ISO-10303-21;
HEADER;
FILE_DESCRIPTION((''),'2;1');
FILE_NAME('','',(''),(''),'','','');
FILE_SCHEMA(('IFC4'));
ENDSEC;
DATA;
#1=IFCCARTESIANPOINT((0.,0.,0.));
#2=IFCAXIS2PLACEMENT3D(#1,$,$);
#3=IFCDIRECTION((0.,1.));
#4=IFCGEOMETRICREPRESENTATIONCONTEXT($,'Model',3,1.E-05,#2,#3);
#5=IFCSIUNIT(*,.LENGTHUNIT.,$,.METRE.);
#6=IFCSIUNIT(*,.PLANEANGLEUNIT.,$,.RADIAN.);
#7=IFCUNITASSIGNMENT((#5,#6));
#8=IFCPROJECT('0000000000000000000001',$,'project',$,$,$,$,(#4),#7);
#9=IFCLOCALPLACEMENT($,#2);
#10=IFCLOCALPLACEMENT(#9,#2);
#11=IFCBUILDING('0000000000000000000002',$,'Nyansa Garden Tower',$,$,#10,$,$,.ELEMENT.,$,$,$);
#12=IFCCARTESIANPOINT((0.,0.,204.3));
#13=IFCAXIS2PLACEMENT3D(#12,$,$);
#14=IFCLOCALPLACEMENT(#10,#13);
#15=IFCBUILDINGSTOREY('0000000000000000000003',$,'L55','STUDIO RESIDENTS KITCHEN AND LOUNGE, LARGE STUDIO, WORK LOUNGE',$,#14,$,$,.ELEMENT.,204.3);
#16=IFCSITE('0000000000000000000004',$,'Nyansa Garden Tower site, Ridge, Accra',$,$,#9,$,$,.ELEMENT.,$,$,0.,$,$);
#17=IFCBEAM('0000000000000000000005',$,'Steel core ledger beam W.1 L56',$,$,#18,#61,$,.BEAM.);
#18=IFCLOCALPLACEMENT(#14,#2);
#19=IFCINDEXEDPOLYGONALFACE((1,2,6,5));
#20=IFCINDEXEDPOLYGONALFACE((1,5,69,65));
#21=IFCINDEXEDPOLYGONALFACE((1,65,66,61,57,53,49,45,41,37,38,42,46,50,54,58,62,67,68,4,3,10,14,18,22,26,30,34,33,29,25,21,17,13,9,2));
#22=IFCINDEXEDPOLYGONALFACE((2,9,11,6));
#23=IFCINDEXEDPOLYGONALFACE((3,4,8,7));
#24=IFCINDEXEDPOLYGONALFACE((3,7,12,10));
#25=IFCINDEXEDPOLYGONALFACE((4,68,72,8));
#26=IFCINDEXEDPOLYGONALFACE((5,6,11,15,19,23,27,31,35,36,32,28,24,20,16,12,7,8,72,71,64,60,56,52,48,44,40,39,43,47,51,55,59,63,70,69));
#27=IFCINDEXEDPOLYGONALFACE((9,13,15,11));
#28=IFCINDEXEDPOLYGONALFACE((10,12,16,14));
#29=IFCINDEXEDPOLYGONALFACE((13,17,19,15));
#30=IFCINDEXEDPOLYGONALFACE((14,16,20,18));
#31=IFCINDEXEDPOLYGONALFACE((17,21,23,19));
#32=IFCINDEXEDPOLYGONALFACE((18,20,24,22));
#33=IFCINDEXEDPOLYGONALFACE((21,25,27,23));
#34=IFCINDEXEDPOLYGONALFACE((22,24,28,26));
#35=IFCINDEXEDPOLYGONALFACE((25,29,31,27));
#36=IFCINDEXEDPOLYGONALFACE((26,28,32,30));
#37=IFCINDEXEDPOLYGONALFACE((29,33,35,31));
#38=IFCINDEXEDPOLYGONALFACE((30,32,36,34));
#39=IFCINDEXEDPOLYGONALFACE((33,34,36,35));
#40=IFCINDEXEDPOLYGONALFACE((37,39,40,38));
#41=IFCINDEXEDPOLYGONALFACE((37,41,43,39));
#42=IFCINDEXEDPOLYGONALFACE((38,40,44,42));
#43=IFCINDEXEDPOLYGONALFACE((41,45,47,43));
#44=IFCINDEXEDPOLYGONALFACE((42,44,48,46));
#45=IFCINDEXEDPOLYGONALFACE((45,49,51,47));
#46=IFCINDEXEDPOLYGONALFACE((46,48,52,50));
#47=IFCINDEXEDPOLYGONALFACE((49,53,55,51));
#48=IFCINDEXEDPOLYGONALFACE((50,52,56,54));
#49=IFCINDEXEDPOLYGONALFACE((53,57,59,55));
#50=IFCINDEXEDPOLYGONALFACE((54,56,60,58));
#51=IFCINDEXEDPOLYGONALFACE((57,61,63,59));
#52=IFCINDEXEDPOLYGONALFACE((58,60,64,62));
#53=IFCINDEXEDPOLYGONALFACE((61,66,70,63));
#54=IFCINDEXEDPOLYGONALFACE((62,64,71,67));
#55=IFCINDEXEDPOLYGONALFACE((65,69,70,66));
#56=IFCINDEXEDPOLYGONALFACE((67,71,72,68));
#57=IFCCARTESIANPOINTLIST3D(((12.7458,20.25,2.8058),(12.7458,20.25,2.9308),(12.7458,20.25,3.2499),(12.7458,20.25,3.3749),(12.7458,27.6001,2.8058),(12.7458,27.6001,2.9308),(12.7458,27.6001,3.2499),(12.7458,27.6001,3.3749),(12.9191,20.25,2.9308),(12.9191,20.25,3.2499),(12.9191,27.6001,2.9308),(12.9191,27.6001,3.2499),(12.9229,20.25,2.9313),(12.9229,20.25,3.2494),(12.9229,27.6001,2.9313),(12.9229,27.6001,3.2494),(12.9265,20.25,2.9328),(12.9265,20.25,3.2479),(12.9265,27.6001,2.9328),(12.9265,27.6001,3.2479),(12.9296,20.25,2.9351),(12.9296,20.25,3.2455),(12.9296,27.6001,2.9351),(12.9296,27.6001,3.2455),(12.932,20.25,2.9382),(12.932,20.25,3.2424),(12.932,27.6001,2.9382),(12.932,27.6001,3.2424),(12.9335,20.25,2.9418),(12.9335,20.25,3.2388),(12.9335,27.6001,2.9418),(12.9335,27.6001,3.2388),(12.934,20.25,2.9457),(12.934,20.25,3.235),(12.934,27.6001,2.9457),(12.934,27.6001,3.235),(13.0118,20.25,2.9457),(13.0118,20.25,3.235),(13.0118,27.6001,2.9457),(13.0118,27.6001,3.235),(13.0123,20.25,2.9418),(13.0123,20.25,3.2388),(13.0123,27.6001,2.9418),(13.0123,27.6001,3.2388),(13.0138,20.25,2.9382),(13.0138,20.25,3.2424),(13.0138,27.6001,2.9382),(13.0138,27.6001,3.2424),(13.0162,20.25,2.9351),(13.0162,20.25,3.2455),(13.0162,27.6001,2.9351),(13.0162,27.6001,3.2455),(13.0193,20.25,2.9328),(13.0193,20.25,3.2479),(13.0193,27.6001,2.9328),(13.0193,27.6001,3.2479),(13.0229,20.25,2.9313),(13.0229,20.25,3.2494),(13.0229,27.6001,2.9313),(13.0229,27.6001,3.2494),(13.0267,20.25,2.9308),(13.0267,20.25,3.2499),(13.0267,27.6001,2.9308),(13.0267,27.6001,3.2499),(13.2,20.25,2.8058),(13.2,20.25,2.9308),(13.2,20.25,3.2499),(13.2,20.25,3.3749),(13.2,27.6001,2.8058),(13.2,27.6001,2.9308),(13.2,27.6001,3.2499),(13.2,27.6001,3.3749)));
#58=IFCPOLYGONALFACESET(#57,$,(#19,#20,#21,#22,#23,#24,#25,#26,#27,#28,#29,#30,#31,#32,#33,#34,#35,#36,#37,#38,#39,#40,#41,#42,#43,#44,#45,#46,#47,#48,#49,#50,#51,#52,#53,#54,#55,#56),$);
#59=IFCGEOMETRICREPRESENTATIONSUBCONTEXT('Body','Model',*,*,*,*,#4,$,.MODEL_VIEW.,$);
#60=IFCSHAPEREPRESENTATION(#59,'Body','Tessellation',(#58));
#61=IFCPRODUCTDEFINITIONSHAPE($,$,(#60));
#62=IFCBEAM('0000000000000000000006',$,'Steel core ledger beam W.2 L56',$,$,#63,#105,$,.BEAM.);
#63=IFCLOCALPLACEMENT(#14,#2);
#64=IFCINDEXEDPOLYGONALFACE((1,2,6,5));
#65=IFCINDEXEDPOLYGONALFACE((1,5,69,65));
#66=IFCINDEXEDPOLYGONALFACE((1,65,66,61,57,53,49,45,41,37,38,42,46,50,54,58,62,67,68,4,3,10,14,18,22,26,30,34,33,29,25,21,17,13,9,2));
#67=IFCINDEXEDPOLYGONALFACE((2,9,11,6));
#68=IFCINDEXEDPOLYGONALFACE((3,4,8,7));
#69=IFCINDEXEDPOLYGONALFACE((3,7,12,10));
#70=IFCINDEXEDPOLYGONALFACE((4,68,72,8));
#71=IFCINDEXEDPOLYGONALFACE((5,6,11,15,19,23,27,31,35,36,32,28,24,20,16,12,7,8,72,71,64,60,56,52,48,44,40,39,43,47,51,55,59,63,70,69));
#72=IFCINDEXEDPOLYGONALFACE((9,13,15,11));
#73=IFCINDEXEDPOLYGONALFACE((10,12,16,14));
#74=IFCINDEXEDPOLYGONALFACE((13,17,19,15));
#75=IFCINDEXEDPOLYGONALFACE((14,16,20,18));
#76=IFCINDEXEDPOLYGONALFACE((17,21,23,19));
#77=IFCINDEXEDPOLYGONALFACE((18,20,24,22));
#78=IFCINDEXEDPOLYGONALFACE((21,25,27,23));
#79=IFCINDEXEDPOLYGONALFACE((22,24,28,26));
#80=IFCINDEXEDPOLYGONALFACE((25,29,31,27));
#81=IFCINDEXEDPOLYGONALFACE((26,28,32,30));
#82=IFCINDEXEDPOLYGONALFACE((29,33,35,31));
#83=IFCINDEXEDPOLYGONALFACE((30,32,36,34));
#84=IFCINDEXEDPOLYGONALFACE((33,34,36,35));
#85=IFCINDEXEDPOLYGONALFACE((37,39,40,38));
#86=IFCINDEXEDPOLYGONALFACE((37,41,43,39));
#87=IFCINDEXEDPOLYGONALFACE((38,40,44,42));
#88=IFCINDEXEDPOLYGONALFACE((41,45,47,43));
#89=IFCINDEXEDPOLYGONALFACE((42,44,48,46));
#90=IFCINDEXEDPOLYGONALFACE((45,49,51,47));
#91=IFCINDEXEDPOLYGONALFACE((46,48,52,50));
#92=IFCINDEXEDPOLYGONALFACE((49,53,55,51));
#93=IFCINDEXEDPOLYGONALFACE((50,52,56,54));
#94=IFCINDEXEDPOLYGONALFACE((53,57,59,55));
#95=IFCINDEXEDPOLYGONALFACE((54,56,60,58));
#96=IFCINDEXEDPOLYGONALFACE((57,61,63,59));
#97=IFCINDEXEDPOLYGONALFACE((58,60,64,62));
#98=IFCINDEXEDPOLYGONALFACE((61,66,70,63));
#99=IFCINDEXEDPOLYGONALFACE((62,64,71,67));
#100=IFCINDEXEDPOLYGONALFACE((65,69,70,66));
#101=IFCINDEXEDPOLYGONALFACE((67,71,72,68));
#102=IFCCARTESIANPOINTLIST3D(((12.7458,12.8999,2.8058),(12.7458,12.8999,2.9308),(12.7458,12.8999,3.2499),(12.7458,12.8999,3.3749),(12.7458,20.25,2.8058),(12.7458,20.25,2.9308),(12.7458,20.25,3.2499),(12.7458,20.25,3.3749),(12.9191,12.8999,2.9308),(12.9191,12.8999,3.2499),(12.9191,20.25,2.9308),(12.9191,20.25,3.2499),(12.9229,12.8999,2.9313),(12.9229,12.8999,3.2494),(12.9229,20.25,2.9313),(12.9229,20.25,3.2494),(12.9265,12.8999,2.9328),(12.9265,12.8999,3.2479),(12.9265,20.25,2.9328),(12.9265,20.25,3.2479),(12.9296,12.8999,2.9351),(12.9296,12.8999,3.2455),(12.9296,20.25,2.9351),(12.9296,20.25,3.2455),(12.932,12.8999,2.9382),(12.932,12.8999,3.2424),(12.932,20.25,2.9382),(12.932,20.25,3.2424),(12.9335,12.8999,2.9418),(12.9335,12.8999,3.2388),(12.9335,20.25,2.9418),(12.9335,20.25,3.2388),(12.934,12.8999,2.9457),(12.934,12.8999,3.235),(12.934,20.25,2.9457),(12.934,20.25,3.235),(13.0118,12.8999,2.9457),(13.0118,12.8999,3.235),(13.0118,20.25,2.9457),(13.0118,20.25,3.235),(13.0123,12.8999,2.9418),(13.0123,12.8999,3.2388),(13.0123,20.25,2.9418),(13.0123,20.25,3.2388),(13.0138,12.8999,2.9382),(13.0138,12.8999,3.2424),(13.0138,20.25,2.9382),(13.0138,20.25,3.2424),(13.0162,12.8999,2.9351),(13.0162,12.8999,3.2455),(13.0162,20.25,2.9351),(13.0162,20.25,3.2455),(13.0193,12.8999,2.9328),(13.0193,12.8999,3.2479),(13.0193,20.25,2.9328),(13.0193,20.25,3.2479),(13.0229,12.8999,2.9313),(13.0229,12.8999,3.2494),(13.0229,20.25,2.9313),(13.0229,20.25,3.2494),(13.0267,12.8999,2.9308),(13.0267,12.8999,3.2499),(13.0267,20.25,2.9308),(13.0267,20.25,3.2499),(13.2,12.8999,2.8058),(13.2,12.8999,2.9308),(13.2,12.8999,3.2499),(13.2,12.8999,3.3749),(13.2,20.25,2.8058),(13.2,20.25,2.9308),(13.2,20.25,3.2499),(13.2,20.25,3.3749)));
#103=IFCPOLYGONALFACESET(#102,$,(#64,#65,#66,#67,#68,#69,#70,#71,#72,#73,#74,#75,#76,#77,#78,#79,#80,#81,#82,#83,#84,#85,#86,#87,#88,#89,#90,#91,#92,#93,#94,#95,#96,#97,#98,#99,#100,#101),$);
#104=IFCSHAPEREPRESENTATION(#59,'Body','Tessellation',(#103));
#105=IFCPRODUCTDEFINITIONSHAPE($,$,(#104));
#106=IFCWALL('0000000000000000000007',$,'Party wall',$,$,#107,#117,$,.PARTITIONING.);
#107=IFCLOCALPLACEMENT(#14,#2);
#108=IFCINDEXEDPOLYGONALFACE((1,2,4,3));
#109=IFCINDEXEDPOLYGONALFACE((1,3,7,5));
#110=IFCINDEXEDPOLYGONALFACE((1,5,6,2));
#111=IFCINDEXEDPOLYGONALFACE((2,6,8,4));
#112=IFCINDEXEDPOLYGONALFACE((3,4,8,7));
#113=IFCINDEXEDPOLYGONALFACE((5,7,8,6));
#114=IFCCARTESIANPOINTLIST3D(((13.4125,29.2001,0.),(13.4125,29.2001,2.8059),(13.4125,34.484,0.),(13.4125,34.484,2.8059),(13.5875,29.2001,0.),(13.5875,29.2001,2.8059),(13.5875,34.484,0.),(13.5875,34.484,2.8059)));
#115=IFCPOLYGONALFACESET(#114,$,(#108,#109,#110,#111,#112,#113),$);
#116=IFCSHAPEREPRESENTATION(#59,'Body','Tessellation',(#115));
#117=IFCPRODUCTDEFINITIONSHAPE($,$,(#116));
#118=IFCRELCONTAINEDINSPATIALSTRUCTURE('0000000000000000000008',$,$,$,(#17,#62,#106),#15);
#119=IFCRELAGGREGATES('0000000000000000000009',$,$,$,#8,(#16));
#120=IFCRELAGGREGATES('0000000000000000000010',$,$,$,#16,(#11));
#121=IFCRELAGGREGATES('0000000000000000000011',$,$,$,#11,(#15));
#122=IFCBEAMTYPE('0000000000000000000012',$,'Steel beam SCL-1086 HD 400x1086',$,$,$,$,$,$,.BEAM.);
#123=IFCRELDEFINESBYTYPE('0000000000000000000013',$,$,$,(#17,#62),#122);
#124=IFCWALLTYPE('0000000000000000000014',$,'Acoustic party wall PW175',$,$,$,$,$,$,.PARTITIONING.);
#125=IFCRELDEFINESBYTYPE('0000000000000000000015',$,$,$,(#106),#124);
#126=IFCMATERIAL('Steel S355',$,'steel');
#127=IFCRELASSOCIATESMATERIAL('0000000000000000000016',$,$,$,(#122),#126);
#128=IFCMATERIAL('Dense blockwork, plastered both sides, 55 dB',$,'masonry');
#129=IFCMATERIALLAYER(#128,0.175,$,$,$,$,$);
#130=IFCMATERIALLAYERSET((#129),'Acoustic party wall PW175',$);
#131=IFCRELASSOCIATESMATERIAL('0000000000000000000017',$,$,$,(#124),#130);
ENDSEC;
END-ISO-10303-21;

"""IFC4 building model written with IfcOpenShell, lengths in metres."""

from ifc_helpers import new_model, si_unit, direction, frame, frame_2d, origin, origin_2d, place, context, subcontext, project, spatial, rectangle, i_section, extrude, material, layer, layer_set, material_profile, profile_set, type_object, element, save


model = new_model("IFC4")

# Units and contexts
model_context = context("Model", 3, precision=1e-05, world=origin(), true_north=direction((0.0, 1.0)))
body_context = subcontext(model_context, "Body", "Model", "MODEL_VIEW")
ifc_project = project(units=[si_unit("LENGTHUNIT", "METRE"), si_unit("PLANEANGLEUNIT", "RADIAN")], contexts=[model_context])

# Site, building, storey
site_placement = place(None, origin())
site = spatial("IfcSite", under=ifc_project, at=site_placement, Name="Nyansa Garden Tower site, Ridge, Accra", CompositionType="ELEMENT", RefElevation=0.0)
building_placement = place(site_placement, origin())
building = spatial("IfcBuilding", under=site, at=building_placement, Name="Nyansa Garden Tower", CompositionType="ELEMENT")
storey_placement = place(building_placement, frame((0.0, 0.0, 204.3)))
storey = spatial("IfcBuildingStorey", under=building, at=storey_placement, Name="L55", Description="STUDIO RESIDENTS KITCHEN AND LOUNGE, LARGE STUDIO, WORK LOUNGE", CompositionType="ELEMENT", Elevation=204.3)

# Beams
ifc_material_1 = material(Name="Steel S355", Category="steel")
ifc_material_profile_1 = material_profile(ifc_material_1, i_section(OverallWidth=0.4541, OverallDepth=0.5691, WebThickness=0.0779, FlangeThickness=0.125, FilletRadius=0.0149, at=origin_2d()), Name="HD 400x1086")
ifc_profile_set_1 = profile_set([ifc_material_profile_1], Name="Steel S355")
beam_type_1 = type_object("IfcBeamType", Name="Steel beam SCL-1086 HD 400x1086", PredefinedType="BEAM", material=ifc_profile_set_1)
for number, where, z_axis, x_axis, name in (
    (1, (12.9729, 27.6001, 3.0903), (0.0, -1.0, 0.0), (1.0, 0.0, 0.0), "Steel core ledger beam W.1 L56"),
    (2, (12.9729, 20.25, 3.0903), (0.0, -1.0, 0.0), (1.0, 0.0, 0.0), "Steel core ledger beam W.2 L56"),
):
    element("IfcBeam", number, at=place(storey_placement, frame(where, z_axis=z_axis, x_axis=x_axis)), inside=storey, type_object=beam_type_1, Name=name, PredefinedType="BEAM", context=body_context, shape_type="SweptSolid", body=[
        extrude(i_section(OverallWidth=0.4541, OverallDepth=0.5691, WebThickness=0.0779, FlangeThickness=0.125, FilletRadius=0.0149, at=origin_2d()), origin(), (0.0, 0.0, 1.0), 7.3501),
    ])

# Wall
ifc_material_2 = material(Name="Dense blockwork, plastered both sides, 55 dB", Category="masonry")
ifc_layer_1 = layer(ifc_material_2, 0.175)
ifc_layer_set_1 = layer_set([ifc_layer_1], Name="Acoustic party wall PW175")
wall_type_1 = type_object("IfcWallType", Name="Acoustic party wall PW175", PredefinedType="PARTITIONING", material=ifc_layer_set_1)
wall_1_placement = place(storey_placement, frame((13.5, 29.2, 0.0), z_axis=(0.0, 0.0, 1.0), x_axis=(0.0, 1.0, 0.0)))
element("IfcWall", 3, at=wall_1_placement, inside=storey, type_object=wall_type_1, Name="Party wall", PredefinedType="PARTITIONING", context=body_context, shape_type="SweptSolid", body=[
    extrude(rectangle(XDim=5.2839, YDim=0.175, at=frame_2d((2.6421, 0.0))), origin(), (0.0, 0.0, 1.0), 2.8059),
])

save(model, "model.ifc")
